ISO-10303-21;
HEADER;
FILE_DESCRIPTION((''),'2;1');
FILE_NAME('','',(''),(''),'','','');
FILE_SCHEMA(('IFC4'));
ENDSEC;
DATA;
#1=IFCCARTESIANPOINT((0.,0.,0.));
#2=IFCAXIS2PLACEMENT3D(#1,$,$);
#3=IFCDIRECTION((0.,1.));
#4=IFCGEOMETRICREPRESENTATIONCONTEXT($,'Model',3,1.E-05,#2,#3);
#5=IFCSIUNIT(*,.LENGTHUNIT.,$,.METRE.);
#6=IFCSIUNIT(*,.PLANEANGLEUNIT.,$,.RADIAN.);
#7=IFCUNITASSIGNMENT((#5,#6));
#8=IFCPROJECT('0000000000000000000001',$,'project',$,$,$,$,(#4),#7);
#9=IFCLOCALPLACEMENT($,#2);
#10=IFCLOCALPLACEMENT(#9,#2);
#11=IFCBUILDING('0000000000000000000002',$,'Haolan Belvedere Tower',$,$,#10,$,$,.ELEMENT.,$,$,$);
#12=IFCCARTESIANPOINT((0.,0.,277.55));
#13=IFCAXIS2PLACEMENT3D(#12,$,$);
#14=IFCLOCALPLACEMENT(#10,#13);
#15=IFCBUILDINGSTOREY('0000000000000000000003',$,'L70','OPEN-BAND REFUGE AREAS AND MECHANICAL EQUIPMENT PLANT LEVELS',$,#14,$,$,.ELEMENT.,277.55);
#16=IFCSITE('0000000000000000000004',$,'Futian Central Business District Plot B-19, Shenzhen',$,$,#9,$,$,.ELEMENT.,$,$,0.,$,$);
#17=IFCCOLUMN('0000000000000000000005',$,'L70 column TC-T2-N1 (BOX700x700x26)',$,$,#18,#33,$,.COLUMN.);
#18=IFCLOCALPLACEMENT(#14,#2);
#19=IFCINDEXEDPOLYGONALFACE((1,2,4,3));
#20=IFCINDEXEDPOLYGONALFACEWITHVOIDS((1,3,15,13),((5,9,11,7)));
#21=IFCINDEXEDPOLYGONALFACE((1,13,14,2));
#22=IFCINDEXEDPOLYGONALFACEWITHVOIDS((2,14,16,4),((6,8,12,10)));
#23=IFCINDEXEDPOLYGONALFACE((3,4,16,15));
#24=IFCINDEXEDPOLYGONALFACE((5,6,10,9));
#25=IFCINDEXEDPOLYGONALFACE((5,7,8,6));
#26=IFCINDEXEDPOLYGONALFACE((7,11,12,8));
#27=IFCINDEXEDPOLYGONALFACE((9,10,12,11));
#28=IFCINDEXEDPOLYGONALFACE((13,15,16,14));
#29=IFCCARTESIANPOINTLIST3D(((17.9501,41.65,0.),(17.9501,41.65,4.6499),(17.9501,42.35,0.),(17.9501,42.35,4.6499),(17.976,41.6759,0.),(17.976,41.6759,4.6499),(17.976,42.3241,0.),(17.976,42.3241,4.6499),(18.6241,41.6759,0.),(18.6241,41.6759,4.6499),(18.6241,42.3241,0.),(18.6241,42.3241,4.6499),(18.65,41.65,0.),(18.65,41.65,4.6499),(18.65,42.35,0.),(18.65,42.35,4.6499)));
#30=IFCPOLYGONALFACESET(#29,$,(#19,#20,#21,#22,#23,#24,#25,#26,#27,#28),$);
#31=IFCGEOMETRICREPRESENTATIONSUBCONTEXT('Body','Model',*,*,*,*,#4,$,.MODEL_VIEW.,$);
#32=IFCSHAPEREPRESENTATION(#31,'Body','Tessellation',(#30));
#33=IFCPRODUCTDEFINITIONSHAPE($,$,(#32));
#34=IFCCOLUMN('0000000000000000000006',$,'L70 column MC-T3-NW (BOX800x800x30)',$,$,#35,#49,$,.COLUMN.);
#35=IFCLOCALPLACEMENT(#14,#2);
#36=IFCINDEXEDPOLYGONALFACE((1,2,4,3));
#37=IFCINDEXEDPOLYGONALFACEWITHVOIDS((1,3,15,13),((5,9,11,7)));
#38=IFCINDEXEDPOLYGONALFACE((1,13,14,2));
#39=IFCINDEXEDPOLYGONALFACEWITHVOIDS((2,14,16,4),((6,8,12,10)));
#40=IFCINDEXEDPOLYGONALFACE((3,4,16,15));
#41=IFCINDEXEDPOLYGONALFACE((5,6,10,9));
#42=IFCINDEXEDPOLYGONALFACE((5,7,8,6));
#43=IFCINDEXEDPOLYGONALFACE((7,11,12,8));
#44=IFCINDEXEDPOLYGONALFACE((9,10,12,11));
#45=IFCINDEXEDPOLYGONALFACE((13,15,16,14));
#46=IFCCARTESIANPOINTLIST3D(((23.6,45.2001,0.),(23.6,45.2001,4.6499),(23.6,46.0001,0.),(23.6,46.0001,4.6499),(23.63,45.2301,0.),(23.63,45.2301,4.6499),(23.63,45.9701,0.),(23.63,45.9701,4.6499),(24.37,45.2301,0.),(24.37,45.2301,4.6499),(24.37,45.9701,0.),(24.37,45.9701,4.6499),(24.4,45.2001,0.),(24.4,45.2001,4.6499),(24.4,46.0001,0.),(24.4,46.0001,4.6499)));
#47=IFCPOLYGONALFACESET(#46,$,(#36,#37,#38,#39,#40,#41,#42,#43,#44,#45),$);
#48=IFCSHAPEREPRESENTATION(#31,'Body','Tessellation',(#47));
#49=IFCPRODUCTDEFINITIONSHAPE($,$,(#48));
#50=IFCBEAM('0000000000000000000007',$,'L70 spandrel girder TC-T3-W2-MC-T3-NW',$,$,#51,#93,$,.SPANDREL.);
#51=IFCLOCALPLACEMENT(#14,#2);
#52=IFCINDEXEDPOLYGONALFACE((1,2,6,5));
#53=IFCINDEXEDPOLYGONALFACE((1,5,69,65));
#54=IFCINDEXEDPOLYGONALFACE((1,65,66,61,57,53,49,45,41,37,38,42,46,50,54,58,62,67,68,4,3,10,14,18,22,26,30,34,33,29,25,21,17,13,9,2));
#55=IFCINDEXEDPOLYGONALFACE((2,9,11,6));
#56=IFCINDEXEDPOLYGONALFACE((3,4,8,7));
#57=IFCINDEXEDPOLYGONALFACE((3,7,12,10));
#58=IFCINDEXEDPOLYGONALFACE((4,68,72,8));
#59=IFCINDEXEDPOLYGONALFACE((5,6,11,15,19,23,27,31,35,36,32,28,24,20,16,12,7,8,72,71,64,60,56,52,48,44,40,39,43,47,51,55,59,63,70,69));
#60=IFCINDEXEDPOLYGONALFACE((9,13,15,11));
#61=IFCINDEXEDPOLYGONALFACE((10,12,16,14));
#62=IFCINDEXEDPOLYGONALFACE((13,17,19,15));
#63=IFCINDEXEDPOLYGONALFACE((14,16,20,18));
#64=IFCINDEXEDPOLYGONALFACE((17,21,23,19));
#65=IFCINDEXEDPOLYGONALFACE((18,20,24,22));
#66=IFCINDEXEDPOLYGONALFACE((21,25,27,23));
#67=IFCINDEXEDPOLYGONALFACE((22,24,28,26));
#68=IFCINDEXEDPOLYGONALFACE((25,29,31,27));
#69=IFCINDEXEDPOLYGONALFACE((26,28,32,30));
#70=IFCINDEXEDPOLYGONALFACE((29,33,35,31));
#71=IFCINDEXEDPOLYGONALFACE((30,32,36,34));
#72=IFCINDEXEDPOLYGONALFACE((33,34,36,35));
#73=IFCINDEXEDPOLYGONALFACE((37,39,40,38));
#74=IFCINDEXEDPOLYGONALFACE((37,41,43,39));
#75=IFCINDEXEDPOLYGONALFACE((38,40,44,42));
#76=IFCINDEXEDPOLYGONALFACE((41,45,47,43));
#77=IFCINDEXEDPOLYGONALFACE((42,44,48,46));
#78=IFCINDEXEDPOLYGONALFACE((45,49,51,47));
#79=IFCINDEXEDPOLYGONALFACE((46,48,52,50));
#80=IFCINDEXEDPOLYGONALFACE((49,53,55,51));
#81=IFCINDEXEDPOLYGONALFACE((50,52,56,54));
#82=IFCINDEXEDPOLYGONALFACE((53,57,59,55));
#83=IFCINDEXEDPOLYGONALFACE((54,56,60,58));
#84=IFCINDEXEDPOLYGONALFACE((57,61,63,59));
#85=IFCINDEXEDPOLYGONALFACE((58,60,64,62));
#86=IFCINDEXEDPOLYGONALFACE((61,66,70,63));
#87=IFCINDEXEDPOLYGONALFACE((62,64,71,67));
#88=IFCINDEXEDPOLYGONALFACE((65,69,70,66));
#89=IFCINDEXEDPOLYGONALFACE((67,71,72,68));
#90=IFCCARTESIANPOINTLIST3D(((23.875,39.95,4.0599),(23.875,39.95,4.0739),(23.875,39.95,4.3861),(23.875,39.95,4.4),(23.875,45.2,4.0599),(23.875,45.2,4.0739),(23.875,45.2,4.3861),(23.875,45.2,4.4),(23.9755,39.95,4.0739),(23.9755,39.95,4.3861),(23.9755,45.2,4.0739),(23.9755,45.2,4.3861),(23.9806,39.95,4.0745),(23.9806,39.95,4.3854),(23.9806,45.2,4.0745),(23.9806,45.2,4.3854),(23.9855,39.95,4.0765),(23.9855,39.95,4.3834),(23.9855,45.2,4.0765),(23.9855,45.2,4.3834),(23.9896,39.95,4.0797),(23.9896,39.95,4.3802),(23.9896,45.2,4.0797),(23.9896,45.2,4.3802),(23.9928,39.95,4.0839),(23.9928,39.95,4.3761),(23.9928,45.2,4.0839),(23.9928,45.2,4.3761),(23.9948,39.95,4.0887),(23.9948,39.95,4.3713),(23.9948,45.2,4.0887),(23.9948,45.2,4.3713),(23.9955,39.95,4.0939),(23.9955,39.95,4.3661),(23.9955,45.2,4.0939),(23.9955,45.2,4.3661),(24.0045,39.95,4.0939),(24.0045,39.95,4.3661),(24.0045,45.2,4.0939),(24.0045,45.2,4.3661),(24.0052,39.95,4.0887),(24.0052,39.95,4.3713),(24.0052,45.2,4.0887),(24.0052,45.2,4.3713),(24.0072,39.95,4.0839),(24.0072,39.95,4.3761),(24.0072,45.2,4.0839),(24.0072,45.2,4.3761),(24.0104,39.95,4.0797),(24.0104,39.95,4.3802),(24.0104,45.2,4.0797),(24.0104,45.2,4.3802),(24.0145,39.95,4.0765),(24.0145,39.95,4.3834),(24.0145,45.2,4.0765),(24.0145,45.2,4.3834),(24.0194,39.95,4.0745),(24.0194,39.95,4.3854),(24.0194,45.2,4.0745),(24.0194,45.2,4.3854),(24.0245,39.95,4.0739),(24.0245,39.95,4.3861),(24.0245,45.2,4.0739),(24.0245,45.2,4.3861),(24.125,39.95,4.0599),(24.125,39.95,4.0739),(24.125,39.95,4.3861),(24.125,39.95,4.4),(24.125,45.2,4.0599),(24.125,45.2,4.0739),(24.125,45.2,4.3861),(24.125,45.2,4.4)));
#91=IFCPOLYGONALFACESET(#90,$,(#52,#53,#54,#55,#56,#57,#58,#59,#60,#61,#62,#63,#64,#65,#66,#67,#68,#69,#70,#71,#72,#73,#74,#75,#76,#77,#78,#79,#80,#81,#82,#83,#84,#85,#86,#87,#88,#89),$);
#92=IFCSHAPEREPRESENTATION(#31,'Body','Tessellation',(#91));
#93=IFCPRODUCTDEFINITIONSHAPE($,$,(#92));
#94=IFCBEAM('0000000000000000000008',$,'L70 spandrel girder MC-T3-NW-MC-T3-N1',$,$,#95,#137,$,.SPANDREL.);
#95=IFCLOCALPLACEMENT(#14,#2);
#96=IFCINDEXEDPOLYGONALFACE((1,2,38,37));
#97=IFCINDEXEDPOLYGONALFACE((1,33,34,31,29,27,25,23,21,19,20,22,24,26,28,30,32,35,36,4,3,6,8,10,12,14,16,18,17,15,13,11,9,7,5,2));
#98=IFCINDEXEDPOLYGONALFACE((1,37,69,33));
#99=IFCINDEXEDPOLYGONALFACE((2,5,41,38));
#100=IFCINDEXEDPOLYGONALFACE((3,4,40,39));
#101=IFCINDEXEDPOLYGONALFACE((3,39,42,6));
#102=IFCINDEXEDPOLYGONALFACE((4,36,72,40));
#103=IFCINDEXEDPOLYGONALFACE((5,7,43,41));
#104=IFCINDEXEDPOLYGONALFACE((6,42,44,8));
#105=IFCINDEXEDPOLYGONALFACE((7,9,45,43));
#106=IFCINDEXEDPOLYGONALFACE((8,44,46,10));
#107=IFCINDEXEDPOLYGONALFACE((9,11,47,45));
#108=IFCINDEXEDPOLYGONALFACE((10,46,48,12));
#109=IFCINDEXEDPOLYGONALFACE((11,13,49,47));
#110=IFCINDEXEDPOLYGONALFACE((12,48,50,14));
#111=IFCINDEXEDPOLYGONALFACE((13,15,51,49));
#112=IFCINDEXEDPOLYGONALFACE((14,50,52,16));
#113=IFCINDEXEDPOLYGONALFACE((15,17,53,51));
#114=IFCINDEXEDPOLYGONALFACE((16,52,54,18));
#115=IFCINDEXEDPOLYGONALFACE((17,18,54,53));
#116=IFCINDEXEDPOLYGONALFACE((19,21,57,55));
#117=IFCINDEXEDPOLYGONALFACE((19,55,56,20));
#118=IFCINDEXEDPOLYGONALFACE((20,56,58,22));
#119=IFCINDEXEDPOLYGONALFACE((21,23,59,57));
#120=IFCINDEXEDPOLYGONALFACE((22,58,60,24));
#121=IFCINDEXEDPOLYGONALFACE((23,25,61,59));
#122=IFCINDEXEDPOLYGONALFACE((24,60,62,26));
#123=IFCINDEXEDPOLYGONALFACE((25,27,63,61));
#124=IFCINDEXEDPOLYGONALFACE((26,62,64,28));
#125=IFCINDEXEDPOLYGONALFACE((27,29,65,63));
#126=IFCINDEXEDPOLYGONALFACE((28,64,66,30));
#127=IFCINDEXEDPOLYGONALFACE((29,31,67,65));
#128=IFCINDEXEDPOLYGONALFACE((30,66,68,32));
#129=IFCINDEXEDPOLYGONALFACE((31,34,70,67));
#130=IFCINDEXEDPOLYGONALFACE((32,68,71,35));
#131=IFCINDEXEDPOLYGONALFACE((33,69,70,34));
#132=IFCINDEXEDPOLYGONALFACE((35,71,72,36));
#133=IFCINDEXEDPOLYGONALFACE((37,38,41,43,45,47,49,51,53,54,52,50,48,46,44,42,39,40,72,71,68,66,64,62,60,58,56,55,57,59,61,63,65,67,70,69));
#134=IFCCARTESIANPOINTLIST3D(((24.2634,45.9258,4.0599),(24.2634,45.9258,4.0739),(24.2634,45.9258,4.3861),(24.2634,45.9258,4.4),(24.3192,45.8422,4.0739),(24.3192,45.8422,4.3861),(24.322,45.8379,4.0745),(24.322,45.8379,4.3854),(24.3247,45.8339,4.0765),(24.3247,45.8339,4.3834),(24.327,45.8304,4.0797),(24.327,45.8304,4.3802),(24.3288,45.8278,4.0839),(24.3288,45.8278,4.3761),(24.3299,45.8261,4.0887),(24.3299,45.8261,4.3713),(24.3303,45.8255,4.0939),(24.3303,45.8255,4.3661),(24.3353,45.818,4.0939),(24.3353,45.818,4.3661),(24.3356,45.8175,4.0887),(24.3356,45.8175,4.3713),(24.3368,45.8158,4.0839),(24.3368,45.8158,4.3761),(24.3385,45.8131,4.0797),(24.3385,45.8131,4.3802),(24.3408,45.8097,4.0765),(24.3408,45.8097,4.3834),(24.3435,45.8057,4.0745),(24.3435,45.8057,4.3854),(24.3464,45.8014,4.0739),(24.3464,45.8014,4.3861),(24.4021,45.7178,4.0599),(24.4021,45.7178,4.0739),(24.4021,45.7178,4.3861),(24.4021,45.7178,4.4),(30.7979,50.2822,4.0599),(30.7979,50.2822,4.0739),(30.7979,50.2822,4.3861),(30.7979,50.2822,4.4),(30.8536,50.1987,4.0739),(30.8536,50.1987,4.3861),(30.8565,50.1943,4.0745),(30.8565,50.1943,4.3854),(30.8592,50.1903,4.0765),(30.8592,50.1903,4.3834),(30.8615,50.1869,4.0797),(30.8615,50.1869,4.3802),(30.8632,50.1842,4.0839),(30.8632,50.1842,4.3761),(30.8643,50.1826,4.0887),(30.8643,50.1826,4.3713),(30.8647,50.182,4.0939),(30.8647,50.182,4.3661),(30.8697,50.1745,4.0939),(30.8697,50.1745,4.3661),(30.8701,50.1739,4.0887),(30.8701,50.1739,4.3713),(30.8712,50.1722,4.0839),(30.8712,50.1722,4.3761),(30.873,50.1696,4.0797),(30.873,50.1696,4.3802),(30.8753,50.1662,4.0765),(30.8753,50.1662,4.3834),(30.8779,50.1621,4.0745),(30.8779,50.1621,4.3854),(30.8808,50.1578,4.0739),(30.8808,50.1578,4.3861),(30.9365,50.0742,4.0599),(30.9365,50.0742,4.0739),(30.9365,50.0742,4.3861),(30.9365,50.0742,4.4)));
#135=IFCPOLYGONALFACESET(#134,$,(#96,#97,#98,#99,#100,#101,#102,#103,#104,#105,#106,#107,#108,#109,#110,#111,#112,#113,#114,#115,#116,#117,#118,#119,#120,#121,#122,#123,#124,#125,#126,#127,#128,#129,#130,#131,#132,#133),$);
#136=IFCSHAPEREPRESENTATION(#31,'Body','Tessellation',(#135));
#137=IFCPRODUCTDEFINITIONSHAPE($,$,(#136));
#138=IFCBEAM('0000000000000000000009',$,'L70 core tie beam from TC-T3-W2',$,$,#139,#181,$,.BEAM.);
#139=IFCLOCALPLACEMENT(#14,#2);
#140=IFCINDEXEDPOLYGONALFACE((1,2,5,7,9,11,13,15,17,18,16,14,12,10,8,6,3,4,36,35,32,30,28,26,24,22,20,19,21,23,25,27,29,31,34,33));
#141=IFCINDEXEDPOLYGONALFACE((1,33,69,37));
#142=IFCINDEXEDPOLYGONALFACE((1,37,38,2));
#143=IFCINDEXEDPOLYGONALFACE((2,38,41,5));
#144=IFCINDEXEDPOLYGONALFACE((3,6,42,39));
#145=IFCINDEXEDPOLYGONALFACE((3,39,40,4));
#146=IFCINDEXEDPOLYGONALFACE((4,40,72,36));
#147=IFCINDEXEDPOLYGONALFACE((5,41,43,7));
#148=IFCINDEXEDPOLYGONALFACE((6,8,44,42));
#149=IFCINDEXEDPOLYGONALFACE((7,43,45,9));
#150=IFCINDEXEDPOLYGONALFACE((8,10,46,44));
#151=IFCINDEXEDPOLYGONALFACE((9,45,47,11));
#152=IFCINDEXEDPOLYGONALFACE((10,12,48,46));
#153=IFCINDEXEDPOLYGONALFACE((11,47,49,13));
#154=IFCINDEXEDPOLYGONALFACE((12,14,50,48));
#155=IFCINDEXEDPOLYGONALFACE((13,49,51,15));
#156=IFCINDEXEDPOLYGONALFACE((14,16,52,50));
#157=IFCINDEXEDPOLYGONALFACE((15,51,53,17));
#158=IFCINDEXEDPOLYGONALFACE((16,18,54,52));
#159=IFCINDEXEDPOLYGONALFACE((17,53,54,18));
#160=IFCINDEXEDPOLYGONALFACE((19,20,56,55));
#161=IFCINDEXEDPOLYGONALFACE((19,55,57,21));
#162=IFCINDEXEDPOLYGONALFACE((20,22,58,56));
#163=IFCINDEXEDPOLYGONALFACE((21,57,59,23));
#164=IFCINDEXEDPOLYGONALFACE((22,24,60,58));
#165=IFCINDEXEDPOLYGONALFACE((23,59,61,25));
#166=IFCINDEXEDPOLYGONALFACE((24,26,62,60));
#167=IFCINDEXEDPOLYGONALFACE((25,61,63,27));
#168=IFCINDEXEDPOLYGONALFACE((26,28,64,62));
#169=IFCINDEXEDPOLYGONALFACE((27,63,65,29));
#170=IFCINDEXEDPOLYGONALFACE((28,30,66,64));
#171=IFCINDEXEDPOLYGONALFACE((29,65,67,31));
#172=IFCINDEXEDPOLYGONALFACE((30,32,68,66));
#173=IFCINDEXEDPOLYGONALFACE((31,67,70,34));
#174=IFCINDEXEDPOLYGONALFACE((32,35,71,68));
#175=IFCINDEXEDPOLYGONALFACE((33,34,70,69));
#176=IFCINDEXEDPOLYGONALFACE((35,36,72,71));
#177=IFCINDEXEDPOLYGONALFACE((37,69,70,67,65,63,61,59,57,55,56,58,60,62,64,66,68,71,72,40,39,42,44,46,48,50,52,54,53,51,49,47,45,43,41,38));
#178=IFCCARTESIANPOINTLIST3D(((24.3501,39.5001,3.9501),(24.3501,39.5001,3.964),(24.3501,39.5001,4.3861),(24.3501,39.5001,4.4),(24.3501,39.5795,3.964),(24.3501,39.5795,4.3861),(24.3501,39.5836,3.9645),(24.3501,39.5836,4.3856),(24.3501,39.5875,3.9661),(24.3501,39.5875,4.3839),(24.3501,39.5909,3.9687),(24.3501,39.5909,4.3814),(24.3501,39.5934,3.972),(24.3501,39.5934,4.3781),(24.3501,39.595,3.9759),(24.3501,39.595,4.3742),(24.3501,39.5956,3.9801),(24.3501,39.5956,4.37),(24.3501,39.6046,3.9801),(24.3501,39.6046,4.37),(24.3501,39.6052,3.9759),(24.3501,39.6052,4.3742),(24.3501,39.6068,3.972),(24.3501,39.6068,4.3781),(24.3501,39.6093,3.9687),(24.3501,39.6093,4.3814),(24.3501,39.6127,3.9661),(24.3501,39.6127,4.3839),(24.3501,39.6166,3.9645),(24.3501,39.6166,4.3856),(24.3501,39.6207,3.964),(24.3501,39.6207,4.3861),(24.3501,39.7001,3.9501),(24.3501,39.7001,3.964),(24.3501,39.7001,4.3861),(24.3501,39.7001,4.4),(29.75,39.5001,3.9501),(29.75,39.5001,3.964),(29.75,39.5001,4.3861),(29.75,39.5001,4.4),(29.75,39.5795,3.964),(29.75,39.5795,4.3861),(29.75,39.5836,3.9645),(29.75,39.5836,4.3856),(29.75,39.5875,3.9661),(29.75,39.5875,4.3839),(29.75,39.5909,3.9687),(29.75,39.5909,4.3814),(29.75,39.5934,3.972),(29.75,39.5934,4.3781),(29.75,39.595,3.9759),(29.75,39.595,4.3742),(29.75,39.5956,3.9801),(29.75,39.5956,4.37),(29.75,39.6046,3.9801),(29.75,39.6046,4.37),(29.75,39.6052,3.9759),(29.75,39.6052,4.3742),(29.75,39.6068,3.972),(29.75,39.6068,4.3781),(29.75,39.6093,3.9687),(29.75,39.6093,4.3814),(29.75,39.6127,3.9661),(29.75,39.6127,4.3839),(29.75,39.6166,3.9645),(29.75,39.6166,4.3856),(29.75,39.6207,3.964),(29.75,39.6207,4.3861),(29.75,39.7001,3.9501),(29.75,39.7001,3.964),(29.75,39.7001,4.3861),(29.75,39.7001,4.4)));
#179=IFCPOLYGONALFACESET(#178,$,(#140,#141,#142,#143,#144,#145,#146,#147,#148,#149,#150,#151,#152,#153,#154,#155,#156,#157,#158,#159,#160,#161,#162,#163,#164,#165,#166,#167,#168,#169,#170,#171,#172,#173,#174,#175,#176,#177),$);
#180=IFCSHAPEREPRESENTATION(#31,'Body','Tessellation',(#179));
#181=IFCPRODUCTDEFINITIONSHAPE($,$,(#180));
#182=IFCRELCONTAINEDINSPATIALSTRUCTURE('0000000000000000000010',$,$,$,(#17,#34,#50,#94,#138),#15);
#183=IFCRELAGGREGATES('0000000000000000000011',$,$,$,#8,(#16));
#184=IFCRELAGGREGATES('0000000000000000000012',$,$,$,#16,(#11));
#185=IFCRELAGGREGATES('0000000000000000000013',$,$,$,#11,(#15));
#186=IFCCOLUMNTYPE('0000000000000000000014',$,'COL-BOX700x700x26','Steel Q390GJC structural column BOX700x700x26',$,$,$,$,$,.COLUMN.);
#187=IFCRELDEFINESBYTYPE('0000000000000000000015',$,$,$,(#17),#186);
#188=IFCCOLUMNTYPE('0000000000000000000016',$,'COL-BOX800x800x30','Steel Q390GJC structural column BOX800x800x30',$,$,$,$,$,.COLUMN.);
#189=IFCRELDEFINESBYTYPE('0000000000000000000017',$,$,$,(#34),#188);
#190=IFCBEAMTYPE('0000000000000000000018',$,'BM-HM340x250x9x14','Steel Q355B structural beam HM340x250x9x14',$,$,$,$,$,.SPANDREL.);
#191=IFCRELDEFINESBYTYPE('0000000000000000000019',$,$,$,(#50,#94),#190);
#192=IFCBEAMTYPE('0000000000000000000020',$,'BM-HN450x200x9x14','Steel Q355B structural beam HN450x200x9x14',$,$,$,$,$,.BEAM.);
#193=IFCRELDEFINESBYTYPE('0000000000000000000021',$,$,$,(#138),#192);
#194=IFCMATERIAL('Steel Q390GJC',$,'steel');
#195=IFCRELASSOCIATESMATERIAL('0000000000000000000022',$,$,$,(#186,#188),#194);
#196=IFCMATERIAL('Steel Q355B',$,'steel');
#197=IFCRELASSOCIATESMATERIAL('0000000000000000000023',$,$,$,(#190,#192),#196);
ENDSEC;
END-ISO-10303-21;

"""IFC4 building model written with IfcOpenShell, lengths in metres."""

from ifc_helpers import new_model, si_unit, direction, frame, origin, origin_2d, place, context, subcontext, project, spatial, hollow_rectangle, i_section, extrude, material, material_profile, profile_set, type_object, element, save


model = new_model("IFC4")

# Units and contexts
model_context = context("Model", 3, precision=1e-05, world=origin(), true_north=direction((0.0, 1.0)))
body_context = subcontext(model_context, "Body", "Model", "MODEL_VIEW")
ifc_project = project(units=[si_unit("LENGTHUNIT", "METRE"), si_unit("PLANEANGLEUNIT", "RADIAN")], contexts=[model_context])

# Site, building, storey
site_placement = place(None, origin())
site = spatial("IfcSite", under=ifc_project, at=site_placement, Name="Futian Central Business District Plot B-19, Shenzhen", CompositionType="ELEMENT", RefElevation=0.0)
building_placement = place(site_placement, origin())
building = spatial("IfcBuilding", under=site, at=building_placement, Name="Haolan Belvedere Tower", CompositionType="ELEMENT")
storey_placement = place(building_placement, frame((0.0, 0.0, 277.55)))
storey = spatial("IfcBuildingStorey", under=building, at=storey_placement, Name="L70", Description="OPEN-BAND REFUGE AREAS AND MECHANICAL EQUIPMENT PLANT LEVELS", CompositionType="ELEMENT", Elevation=277.55)

# Columns
ifc_material_1 = material(Name="Steel Q390GJC", Category="steel")
ifc_material_profile_1 = material_profile(ifc_material_1, hollow_rectangle(XDim=0.7, YDim=0.7, WallThickness=0.0259, at=origin_2d()), Name="Steel Q390GJC")
ifc_profile_set_1 = profile_set([ifc_material_profile_1], Name="Steel Q390GJC")
column_type_1 = type_object("IfcColumnType", Name="COL-BOX700x700x26", Description="Steel Q390GJC structural column BOX700x700x26", PredefinedType="COLUMN", material=ifc_profile_set_1)
column_1_placement = place(storey_placement, frame((18.3, 42.0, 0.0), z_axis=(0.0, 0.0, 1.0), x_axis=(1.0, 0.0, 0.0)))
element("IfcColumn", 1, at=column_1_placement, inside=storey, type_object=column_type_1, Name="L70 column TC-T2-N1 (BOX700x700x26)", PredefinedType="COLUMN", context=body_context, shape_type="SweptSolid", body=[
    extrude(hollow_rectangle(XDim=0.7, YDim=0.7, WallThickness=0.0259, at=origin_2d()), origin(), (0.0, 0.0, 1.0), 4.6499),
])
ifc_material_profile_2 = material_profile(ifc_material_1, hollow_rectangle(XDim=0.8, YDim=0.8, WallThickness=0.03, at=origin_2d()), Name="Steel Q390GJC")
ifc_profile_set_2 = profile_set([ifc_material_profile_2], Name="Steel Q390GJC")
column_type_2 = type_object("IfcColumnType", Name="COL-BOX800x800x30", Description="Steel Q390GJC structural column BOX800x800x30", PredefinedType="COLUMN", material=ifc_profile_set_2)
column_2_placement = place(storey_placement, frame((24.0, 45.6001, 0.0), z_axis=(0.0, 0.0, 1.0), x_axis=(1.0, 0.0, 0.0)))
element("IfcColumn", 2, at=column_2_placement, inside=storey, type_object=column_type_2, Name="L70 column MC-T3-NW (BOX800x800x30)", PredefinedType="COLUMN", context=body_context, shape_type="SweptSolid", body=[
    extrude(hollow_rectangle(XDim=0.8, YDim=0.8, WallThickness=0.03, at=origin_2d()), origin(), (0.0, 0.0, 1.0), 4.6499),
])

# Beams
ifc_material_2 = material(Name="Steel Q355B", Category="steel")
ifc_material_profile_3 = material_profile(ifc_material_2, i_section(OverallWidth=0.25, OverallDepth=0.3401, WebThickness=0.009, FlangeThickness=0.0139, FilletRadius=0.02, at=origin_2d()), Name="Steel Q355B")
ifc_profile_set_3 = profile_set([ifc_material_profile_3], Name="Steel Q355B")
beam_type_1 = type_object("IfcBeamType", Name="BM-HM340x250x9x14", Description="Steel Q355B structural beam HM340x250x9x14", PredefinedType="SPANDREL", material=ifc_profile_set_3)
beam_1_placement = place(storey_placement, frame((24.0, 39.95, 4.23), z_axis=(0.0, 1.0, 0.0), x_axis=(-1.0, 0.0, 0.0)))
element("IfcBeam", 3, at=beam_1_placement, inside=storey, type_object=beam_type_1, Name="L70 spandrel girder TC-T3-W2-MC-T3-NW", PredefinedType="SPANDREL", context=body_context, shape_type="SweptSolid", body=[
    extrude(i_section(OverallWidth=0.25, OverallDepth=0.3401, WebThickness=0.009, FlangeThickness=0.0139, FilletRadius=0.02, at=origin_2d()), origin(), (0.0, 0.0, 1.0), 5.25),
])
beam_2_placement = place(storey_placement, frame((24.3328, 45.8218, 4.23), z_axis=(0.832041, 0.554715, 0.0), x_axis=(-0.554715, 0.832041, 0.0)))
element("IfcBeam", 4, at=beam_2_placement, inside=storey, type_object=beam_type_1, Name="L70 spandrel girder MC-T3-NW-MC-T3-N1", PredefinedType="SPANDREL", context=body_context, shape_type="SweptSolid", body=[
    extrude(i_section(OverallWidth=0.25, OverallDepth=0.3401, WebThickness=0.009, FlangeThickness=0.0139, FilletRadius=0.02, at=origin_2d()), origin(), (0.0, 0.0, 1.0), 7.8535),
])
ifc_material_profile_4 = material_profile(ifc_material_2, i_section(OverallWidth=0.2, OverallDepth=0.45, WebThickness=0.009, FlangeThickness=0.0139, FilletRadius=0.0161, at=origin_2d()), Name="Steel Q355B")
ifc_profile_set_4 = profile_set([ifc_material_profile_4], Name="Steel Q355B")
beam_type_2 = type_object("IfcBeamType", Name="BM-HN450x200x9x14", Description="Steel Q355B structural beam HN450x200x9x14", PredefinedType="BEAM", material=ifc_profile_set_4)
beam_3_placement = place(storey_placement, frame((24.3501, 39.6001, 4.175), z_axis=(1.0, 0.0, 0.0), x_axis=(0.0, 1.0, 0.0)))
element("IfcBeam", 5, at=beam_3_placement, inside=storey, type_object=beam_type_2, Name="L70 core tie beam from TC-T3-W2", PredefinedType="BEAM", context=body_context, shape_type="SweptSolid", body=[
    extrude(i_section(OverallWidth=0.2, OverallDepth=0.45, WebThickness=0.009, FlangeThickness=0.0139, FilletRadius=0.0161, at=origin_2d()), origin(), (0.0, 0.0, 1.0), 5.3999),
])

save(model, "model.ifc")
